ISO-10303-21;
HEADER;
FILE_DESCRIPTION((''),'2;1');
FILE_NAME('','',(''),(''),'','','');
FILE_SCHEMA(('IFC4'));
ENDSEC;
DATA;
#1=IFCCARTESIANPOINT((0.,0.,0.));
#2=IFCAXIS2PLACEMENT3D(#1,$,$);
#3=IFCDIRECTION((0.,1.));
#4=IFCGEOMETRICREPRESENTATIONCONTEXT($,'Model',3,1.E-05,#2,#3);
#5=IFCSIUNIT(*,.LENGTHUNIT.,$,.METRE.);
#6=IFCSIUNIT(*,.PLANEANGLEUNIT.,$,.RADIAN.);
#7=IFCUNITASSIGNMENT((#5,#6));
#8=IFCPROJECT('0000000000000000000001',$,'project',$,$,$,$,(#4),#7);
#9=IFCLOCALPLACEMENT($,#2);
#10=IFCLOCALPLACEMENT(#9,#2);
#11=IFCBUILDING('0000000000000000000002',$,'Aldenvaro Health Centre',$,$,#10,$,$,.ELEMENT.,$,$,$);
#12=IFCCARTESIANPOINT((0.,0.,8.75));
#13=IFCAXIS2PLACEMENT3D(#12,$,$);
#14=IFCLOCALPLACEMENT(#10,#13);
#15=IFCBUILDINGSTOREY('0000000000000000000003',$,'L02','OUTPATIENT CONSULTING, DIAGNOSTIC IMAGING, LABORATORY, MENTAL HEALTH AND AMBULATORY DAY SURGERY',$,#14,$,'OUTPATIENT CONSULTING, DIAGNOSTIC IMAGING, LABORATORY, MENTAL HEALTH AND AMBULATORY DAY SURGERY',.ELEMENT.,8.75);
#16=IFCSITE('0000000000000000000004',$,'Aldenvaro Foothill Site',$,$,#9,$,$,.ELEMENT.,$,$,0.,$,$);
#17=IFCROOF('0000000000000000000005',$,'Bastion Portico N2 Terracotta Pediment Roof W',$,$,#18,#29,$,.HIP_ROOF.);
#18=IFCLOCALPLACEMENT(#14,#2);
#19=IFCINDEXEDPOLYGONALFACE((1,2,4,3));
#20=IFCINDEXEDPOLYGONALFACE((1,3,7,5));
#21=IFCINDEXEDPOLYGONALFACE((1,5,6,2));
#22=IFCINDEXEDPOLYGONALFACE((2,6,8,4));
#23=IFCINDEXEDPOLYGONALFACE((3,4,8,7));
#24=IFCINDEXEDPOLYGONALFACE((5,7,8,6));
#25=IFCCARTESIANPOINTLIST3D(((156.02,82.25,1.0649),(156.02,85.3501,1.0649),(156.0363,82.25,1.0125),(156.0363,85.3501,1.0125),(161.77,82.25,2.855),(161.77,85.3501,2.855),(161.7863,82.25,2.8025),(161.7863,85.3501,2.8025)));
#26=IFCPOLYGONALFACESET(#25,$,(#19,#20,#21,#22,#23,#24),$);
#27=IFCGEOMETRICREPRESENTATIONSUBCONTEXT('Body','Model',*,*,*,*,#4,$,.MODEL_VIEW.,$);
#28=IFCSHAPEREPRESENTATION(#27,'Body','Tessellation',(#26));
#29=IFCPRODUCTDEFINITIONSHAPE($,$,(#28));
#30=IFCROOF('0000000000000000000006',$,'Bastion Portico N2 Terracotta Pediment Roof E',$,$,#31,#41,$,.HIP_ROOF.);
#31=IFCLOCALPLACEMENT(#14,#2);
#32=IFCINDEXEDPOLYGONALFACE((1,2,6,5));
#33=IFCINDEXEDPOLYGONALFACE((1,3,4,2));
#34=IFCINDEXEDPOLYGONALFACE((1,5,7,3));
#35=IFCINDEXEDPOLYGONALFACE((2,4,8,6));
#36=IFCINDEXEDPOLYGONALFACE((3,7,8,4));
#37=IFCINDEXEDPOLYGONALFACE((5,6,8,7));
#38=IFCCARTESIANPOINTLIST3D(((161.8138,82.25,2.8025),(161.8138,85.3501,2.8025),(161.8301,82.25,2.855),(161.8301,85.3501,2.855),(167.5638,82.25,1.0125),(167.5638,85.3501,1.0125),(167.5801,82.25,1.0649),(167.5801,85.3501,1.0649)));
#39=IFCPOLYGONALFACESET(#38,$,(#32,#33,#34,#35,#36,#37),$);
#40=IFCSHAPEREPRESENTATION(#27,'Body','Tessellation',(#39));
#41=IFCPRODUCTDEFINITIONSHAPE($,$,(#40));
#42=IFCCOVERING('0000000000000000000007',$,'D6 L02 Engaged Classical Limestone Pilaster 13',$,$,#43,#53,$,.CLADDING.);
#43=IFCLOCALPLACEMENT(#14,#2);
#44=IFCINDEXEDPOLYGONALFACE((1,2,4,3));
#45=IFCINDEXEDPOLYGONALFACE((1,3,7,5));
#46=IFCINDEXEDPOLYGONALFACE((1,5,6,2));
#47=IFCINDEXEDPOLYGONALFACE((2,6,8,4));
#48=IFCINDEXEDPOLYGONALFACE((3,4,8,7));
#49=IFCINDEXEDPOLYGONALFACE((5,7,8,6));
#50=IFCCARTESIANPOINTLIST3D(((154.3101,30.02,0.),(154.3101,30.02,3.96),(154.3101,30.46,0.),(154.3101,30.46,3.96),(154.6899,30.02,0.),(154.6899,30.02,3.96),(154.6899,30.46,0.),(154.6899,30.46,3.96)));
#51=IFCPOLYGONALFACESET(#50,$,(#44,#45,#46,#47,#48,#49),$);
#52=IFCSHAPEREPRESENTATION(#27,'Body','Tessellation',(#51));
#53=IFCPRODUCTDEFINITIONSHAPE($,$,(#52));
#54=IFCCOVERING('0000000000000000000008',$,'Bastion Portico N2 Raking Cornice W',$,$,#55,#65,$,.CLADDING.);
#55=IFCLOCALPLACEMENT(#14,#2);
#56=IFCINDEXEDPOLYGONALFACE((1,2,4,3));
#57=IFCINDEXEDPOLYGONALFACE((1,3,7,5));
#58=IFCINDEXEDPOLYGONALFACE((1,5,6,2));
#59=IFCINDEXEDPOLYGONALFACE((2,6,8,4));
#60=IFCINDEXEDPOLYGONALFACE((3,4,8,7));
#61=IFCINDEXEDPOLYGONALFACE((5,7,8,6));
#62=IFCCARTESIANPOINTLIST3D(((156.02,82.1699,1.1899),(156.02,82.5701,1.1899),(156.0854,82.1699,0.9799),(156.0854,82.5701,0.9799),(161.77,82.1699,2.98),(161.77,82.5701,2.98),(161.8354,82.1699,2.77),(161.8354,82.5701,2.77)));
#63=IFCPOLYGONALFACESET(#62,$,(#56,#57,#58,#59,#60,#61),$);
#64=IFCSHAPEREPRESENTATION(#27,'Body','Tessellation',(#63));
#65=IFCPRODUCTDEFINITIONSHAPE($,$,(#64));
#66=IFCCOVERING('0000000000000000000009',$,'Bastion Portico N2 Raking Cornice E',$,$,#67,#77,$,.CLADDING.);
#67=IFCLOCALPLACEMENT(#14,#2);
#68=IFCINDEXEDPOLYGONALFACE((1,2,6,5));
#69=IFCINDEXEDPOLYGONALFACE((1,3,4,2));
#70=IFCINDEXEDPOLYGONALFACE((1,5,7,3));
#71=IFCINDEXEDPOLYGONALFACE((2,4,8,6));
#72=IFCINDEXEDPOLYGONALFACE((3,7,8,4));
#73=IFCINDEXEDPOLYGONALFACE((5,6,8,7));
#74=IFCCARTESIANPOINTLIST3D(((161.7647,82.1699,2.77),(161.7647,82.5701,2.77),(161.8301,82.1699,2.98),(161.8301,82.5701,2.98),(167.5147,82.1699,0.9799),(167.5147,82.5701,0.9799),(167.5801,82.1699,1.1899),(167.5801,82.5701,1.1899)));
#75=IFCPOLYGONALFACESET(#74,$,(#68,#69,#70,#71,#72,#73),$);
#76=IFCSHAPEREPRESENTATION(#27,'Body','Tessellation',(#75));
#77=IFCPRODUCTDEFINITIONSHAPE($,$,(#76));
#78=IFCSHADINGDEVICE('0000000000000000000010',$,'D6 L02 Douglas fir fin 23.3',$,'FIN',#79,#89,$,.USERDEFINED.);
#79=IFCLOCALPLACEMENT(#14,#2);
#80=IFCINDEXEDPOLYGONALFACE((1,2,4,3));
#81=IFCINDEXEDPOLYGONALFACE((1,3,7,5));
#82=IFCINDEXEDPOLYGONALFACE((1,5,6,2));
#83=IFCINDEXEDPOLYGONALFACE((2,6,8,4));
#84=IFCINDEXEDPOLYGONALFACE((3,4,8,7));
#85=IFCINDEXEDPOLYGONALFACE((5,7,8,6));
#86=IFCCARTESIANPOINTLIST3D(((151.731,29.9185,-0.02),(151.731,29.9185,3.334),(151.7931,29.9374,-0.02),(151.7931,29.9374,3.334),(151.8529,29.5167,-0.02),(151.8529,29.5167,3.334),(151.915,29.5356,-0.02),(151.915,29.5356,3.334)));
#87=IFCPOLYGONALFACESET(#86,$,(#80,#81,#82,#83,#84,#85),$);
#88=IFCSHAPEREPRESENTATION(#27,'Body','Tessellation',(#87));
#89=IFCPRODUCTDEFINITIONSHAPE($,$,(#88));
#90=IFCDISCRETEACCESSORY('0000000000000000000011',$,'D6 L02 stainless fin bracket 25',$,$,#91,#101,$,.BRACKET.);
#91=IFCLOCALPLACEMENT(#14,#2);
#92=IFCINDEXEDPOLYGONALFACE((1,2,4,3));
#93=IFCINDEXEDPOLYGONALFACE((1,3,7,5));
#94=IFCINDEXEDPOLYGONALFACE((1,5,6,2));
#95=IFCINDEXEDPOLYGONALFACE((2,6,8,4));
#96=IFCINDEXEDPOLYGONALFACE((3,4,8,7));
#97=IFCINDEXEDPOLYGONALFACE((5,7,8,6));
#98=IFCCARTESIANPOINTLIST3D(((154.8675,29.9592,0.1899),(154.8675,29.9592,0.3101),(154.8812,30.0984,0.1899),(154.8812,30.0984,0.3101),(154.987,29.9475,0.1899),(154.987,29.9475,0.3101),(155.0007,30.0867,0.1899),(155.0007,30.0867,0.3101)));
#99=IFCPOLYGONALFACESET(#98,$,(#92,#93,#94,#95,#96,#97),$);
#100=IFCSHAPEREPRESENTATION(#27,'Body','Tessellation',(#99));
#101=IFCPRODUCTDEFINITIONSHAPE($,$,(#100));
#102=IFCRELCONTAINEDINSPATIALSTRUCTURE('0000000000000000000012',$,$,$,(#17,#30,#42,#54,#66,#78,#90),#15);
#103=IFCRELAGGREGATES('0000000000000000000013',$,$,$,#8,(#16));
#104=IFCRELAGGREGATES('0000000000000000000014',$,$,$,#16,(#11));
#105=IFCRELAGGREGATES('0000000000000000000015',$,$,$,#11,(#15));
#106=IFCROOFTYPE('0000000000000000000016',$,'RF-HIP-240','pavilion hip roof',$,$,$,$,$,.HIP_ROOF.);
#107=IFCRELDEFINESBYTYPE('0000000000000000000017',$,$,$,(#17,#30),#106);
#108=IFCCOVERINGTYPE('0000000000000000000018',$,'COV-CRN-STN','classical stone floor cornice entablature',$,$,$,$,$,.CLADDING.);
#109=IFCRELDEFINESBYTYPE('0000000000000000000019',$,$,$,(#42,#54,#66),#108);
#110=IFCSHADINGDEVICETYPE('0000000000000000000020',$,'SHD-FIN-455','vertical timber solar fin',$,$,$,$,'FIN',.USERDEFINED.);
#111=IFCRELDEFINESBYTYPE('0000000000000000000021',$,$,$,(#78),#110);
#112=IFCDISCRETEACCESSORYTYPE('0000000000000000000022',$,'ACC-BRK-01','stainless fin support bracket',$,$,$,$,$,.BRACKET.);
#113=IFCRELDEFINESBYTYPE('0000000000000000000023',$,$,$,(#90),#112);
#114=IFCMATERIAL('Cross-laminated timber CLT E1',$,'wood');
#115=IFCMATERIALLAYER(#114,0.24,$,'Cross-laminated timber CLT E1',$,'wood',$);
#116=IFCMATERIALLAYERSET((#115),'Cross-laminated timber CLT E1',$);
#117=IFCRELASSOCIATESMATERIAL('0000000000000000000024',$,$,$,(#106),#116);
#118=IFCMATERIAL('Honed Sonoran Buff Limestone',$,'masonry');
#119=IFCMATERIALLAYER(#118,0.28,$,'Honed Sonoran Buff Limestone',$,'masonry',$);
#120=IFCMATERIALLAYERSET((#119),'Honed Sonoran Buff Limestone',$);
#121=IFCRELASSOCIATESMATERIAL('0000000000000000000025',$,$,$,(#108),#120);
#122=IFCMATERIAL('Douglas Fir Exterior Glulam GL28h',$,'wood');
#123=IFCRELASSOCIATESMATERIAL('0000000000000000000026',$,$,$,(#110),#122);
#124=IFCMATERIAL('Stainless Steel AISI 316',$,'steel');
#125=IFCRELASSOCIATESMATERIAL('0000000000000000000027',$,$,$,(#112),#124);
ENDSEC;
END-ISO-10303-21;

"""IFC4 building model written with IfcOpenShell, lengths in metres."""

from ifc_helpers import new_model, si_unit, direction, frame, origin, origin_2d, place, context, subcontext, project, spatial, polyline, rectangle, outline, extrude, material, layer, layer_set, type_object, element, save


model = new_model("IFC4")

# Units and contexts
model_context = context("Model", 3, precision=1e-05, world=origin(), true_north=direction((0.0, 1.0)))
body_context = subcontext(model_context, "Body", "Model", "MODEL_VIEW")
ifc_project = project(units=[si_unit("LENGTHUNIT", "METRE"), si_unit("PLANEANGLEUNIT", "RADIAN")], contexts=[model_context])

# Site, building, storey
site_placement = place(None, origin())
site = spatial("IfcSite", under=ifc_project, at=site_placement, Name="Aldenvaro Foothill Site", CompositionType="ELEMENT", RefElevation=0.0)
building_placement = place(site_placement, origin())
building = spatial("IfcBuilding", under=site, at=building_placement, Name="Aldenvaro Health Centre", CompositionType="ELEMENT")
storey_placement = place(building_placement, frame((0.0, 0.0, 8.75)))
storey = spatial("IfcBuildingStorey", under=building, at=storey_placement, Name="L02", Description="OUTPATIENT CONSULTING, DIAGNOSTIC IMAGING, LABORATORY, MENTAL HEALTH AND AMBULATORY DAY SURGERY", LongName="OUTPATIENT CONSULTING, DIAGNOSTIC IMAGING, LABORATORY, MENTAL HEALTH AND AMBULATORY DAY SURGERY", CompositionType="ELEMENT", Elevation=8.75)

# Shared definitions
ifc_material_1 = material(Name="Cross-laminated timber CLT E1", Category="wood")

# Roofs
ifc_layer_1 = layer(ifc_material_1, 0.24, Name="Cross-laminated timber CLT E1", Category="wood")
ifc_layer_set_1 = layer_set([ifc_layer_1], Name="Cross-laminated timber CLT E1")
roof_type = type_object("IfcRoofType", Name="RF-HIP-240", Description="pavilion hip roof", PredefinedType="HIP_ROOF", material=ifc_layer_set_1)
for number, where, z_axis, x_axis, name in (
    (1, (156.02, 82.25, 1.0649), (-0.297241, 0.0, 0.954803), (0.954803, 0.0, 0.297241), "Bastion Portico N2 Terracotta Pediment Roof W"),
    (2, (161.8301, 82.25, 2.855), (0.297241, 0.0, 0.954803), (0.954803, 0.0, -0.297241), "Bastion Portico N2 Terracotta Pediment Roof E"),
):
    element("IfcRoof", number, at=place(storey_placement, frame(where, z_axis=z_axis, x_axis=x_axis)), inside=storey, type_object=roof_type, Name=name, PredefinedType="HIP_ROOF", context=body_context, shape_type="SweptSolid", body=[
        extrude(outline(polyline([(0.0, 0.0), (6.0222, 0.0), (6.0222, 3.1001), (0.0, 3.1001), (0.0, 0.0)])), origin(), (0.0, 0.0, -1.0), 0.0549),
    ])

# Coverings
ifc_material_2 = material(Name="Honed Sonoran Buff Limestone", Category="masonry")
ifc_layer_2 = layer(ifc_material_2, 0.28, Name="Honed Sonoran Buff Limestone", Category="masonry")
ifc_layer_set_2 = layer_set([ifc_layer_2], Name="Honed Sonoran Buff Limestone")
covering_type = type_object("IfcCoveringType", Name="COV-CRN-STN", Description="classical stone floor cornice entablature", PredefinedType="CLADDING", material=ifc_layer_set_2)
covering_placement = place(storey_placement, frame((154.5, 30.24, 0.0), z_axis=(0.0, 0.0, 1.0), x_axis=(0.0, 1.0, 0.0)))
element("IfcCovering", 3, at=covering_placement, inside=storey, type_object=covering_type, Name="D6 L02 Engaged Classical Limestone Pilaster 13", PredefinedType="CLADDING", context=body_context, shape_type="SweptSolid", body=[
    extrude(rectangle(XDim=0.4399, YDim=0.3799, at=origin_2d()), origin(), (0.0, 0.0, 1.0), 3.96),
])
for number, where, z_axis, x_axis, name in (
    (4, (156.02, 82.1699, 1.1899), (-0.297241, 0.0, 0.954803), (0.954803, 0.0, 0.297241), "Bastion Portico N2 Raking Cornice W"),
    (5, (161.8301, 82.1699, 2.98), (0.297241, 0.0, 0.954803), (0.954803, 0.0, -0.297241), "Bastion Portico N2 Raking Cornice E"),
):
    element("IfcCovering", number, at=place(storey_placement, frame(where, z_axis=z_axis, x_axis=x_axis)), inside=storey, type_object=covering_type, Name=name, PredefinedType="CLADDING", context=body_context, shape_type="SweptSolid", body=[
        extrude(outline(polyline([(0.0, 0.0), (6.0222, 0.0), (6.0222, 0.4001), (0.0, 0.4001), (0.0, 0.0)])), origin(), (0.0, 0.0, -1.0), 0.22),
    ])

# Shading device
ifc_material_3 = material(Name="Douglas Fir Exterior Glulam GL28h", Category="wood")
shading_device_type = type_object("IfcShadingDeviceType", Name="SHD-FIN-455", Description="vertical timber solar fin", ElementType="FIN", PredefinedType="USERDEFINED", material=ifc_material_3)
shading_device_placement = place(storey_placement, frame((151.823, 29.7271, -0.02), z_axis=(0.0, 0.0, 1.0), x_axis=(0.956923, 0.290343, 0.0)))
element("IfcShadingDevice", 6, at=shading_device_placement, inside=storey, type_object=shading_device_type, Name="D6 L02 Douglas fir fin 23.3", ObjectType="FIN", PredefinedType="USERDEFINED", context=body_context, shape_type="SweptSolid", body=[
    extrude(rectangle(XDim=0.0649, YDim=0.4199, at=origin_2d()), origin(), (0.0, 0.0, 1.0), 3.354),
])

# Discrete accessory
ifc_material_4 = material(Name="Stainless Steel AISI 316", Category="steel")
discrete_accessory_type = type_object("IfcDiscreteAccessoryType", Name="ACC-BRK-01", Description="stainless fin support bracket", PredefinedType="BRACKET", material=ifc_material_4)
discrete_accessory_placement = place(storey_placement, frame((154.9341, 30.0229, 0.1899), z_axis=(0.0, 0.0, 1.0), x_axis=(0.995187, -0.097997, 0.0)))
element("IfcDiscreteAccessory", 7, at=discrete_accessory_placement, inside=storey, type_object=discrete_accessory_type, Name="D6 L02 stainless fin bracket 25", PredefinedType="BRACKET", context=body_context, shape_type="SweptSolid", body=[
    extrude(rectangle(XDim=0.1201, YDim=0.1399, at=origin_2d()), origin(), (0.0, 0.0, 1.0), 0.1201),
])

save(model, "model.ifc")
